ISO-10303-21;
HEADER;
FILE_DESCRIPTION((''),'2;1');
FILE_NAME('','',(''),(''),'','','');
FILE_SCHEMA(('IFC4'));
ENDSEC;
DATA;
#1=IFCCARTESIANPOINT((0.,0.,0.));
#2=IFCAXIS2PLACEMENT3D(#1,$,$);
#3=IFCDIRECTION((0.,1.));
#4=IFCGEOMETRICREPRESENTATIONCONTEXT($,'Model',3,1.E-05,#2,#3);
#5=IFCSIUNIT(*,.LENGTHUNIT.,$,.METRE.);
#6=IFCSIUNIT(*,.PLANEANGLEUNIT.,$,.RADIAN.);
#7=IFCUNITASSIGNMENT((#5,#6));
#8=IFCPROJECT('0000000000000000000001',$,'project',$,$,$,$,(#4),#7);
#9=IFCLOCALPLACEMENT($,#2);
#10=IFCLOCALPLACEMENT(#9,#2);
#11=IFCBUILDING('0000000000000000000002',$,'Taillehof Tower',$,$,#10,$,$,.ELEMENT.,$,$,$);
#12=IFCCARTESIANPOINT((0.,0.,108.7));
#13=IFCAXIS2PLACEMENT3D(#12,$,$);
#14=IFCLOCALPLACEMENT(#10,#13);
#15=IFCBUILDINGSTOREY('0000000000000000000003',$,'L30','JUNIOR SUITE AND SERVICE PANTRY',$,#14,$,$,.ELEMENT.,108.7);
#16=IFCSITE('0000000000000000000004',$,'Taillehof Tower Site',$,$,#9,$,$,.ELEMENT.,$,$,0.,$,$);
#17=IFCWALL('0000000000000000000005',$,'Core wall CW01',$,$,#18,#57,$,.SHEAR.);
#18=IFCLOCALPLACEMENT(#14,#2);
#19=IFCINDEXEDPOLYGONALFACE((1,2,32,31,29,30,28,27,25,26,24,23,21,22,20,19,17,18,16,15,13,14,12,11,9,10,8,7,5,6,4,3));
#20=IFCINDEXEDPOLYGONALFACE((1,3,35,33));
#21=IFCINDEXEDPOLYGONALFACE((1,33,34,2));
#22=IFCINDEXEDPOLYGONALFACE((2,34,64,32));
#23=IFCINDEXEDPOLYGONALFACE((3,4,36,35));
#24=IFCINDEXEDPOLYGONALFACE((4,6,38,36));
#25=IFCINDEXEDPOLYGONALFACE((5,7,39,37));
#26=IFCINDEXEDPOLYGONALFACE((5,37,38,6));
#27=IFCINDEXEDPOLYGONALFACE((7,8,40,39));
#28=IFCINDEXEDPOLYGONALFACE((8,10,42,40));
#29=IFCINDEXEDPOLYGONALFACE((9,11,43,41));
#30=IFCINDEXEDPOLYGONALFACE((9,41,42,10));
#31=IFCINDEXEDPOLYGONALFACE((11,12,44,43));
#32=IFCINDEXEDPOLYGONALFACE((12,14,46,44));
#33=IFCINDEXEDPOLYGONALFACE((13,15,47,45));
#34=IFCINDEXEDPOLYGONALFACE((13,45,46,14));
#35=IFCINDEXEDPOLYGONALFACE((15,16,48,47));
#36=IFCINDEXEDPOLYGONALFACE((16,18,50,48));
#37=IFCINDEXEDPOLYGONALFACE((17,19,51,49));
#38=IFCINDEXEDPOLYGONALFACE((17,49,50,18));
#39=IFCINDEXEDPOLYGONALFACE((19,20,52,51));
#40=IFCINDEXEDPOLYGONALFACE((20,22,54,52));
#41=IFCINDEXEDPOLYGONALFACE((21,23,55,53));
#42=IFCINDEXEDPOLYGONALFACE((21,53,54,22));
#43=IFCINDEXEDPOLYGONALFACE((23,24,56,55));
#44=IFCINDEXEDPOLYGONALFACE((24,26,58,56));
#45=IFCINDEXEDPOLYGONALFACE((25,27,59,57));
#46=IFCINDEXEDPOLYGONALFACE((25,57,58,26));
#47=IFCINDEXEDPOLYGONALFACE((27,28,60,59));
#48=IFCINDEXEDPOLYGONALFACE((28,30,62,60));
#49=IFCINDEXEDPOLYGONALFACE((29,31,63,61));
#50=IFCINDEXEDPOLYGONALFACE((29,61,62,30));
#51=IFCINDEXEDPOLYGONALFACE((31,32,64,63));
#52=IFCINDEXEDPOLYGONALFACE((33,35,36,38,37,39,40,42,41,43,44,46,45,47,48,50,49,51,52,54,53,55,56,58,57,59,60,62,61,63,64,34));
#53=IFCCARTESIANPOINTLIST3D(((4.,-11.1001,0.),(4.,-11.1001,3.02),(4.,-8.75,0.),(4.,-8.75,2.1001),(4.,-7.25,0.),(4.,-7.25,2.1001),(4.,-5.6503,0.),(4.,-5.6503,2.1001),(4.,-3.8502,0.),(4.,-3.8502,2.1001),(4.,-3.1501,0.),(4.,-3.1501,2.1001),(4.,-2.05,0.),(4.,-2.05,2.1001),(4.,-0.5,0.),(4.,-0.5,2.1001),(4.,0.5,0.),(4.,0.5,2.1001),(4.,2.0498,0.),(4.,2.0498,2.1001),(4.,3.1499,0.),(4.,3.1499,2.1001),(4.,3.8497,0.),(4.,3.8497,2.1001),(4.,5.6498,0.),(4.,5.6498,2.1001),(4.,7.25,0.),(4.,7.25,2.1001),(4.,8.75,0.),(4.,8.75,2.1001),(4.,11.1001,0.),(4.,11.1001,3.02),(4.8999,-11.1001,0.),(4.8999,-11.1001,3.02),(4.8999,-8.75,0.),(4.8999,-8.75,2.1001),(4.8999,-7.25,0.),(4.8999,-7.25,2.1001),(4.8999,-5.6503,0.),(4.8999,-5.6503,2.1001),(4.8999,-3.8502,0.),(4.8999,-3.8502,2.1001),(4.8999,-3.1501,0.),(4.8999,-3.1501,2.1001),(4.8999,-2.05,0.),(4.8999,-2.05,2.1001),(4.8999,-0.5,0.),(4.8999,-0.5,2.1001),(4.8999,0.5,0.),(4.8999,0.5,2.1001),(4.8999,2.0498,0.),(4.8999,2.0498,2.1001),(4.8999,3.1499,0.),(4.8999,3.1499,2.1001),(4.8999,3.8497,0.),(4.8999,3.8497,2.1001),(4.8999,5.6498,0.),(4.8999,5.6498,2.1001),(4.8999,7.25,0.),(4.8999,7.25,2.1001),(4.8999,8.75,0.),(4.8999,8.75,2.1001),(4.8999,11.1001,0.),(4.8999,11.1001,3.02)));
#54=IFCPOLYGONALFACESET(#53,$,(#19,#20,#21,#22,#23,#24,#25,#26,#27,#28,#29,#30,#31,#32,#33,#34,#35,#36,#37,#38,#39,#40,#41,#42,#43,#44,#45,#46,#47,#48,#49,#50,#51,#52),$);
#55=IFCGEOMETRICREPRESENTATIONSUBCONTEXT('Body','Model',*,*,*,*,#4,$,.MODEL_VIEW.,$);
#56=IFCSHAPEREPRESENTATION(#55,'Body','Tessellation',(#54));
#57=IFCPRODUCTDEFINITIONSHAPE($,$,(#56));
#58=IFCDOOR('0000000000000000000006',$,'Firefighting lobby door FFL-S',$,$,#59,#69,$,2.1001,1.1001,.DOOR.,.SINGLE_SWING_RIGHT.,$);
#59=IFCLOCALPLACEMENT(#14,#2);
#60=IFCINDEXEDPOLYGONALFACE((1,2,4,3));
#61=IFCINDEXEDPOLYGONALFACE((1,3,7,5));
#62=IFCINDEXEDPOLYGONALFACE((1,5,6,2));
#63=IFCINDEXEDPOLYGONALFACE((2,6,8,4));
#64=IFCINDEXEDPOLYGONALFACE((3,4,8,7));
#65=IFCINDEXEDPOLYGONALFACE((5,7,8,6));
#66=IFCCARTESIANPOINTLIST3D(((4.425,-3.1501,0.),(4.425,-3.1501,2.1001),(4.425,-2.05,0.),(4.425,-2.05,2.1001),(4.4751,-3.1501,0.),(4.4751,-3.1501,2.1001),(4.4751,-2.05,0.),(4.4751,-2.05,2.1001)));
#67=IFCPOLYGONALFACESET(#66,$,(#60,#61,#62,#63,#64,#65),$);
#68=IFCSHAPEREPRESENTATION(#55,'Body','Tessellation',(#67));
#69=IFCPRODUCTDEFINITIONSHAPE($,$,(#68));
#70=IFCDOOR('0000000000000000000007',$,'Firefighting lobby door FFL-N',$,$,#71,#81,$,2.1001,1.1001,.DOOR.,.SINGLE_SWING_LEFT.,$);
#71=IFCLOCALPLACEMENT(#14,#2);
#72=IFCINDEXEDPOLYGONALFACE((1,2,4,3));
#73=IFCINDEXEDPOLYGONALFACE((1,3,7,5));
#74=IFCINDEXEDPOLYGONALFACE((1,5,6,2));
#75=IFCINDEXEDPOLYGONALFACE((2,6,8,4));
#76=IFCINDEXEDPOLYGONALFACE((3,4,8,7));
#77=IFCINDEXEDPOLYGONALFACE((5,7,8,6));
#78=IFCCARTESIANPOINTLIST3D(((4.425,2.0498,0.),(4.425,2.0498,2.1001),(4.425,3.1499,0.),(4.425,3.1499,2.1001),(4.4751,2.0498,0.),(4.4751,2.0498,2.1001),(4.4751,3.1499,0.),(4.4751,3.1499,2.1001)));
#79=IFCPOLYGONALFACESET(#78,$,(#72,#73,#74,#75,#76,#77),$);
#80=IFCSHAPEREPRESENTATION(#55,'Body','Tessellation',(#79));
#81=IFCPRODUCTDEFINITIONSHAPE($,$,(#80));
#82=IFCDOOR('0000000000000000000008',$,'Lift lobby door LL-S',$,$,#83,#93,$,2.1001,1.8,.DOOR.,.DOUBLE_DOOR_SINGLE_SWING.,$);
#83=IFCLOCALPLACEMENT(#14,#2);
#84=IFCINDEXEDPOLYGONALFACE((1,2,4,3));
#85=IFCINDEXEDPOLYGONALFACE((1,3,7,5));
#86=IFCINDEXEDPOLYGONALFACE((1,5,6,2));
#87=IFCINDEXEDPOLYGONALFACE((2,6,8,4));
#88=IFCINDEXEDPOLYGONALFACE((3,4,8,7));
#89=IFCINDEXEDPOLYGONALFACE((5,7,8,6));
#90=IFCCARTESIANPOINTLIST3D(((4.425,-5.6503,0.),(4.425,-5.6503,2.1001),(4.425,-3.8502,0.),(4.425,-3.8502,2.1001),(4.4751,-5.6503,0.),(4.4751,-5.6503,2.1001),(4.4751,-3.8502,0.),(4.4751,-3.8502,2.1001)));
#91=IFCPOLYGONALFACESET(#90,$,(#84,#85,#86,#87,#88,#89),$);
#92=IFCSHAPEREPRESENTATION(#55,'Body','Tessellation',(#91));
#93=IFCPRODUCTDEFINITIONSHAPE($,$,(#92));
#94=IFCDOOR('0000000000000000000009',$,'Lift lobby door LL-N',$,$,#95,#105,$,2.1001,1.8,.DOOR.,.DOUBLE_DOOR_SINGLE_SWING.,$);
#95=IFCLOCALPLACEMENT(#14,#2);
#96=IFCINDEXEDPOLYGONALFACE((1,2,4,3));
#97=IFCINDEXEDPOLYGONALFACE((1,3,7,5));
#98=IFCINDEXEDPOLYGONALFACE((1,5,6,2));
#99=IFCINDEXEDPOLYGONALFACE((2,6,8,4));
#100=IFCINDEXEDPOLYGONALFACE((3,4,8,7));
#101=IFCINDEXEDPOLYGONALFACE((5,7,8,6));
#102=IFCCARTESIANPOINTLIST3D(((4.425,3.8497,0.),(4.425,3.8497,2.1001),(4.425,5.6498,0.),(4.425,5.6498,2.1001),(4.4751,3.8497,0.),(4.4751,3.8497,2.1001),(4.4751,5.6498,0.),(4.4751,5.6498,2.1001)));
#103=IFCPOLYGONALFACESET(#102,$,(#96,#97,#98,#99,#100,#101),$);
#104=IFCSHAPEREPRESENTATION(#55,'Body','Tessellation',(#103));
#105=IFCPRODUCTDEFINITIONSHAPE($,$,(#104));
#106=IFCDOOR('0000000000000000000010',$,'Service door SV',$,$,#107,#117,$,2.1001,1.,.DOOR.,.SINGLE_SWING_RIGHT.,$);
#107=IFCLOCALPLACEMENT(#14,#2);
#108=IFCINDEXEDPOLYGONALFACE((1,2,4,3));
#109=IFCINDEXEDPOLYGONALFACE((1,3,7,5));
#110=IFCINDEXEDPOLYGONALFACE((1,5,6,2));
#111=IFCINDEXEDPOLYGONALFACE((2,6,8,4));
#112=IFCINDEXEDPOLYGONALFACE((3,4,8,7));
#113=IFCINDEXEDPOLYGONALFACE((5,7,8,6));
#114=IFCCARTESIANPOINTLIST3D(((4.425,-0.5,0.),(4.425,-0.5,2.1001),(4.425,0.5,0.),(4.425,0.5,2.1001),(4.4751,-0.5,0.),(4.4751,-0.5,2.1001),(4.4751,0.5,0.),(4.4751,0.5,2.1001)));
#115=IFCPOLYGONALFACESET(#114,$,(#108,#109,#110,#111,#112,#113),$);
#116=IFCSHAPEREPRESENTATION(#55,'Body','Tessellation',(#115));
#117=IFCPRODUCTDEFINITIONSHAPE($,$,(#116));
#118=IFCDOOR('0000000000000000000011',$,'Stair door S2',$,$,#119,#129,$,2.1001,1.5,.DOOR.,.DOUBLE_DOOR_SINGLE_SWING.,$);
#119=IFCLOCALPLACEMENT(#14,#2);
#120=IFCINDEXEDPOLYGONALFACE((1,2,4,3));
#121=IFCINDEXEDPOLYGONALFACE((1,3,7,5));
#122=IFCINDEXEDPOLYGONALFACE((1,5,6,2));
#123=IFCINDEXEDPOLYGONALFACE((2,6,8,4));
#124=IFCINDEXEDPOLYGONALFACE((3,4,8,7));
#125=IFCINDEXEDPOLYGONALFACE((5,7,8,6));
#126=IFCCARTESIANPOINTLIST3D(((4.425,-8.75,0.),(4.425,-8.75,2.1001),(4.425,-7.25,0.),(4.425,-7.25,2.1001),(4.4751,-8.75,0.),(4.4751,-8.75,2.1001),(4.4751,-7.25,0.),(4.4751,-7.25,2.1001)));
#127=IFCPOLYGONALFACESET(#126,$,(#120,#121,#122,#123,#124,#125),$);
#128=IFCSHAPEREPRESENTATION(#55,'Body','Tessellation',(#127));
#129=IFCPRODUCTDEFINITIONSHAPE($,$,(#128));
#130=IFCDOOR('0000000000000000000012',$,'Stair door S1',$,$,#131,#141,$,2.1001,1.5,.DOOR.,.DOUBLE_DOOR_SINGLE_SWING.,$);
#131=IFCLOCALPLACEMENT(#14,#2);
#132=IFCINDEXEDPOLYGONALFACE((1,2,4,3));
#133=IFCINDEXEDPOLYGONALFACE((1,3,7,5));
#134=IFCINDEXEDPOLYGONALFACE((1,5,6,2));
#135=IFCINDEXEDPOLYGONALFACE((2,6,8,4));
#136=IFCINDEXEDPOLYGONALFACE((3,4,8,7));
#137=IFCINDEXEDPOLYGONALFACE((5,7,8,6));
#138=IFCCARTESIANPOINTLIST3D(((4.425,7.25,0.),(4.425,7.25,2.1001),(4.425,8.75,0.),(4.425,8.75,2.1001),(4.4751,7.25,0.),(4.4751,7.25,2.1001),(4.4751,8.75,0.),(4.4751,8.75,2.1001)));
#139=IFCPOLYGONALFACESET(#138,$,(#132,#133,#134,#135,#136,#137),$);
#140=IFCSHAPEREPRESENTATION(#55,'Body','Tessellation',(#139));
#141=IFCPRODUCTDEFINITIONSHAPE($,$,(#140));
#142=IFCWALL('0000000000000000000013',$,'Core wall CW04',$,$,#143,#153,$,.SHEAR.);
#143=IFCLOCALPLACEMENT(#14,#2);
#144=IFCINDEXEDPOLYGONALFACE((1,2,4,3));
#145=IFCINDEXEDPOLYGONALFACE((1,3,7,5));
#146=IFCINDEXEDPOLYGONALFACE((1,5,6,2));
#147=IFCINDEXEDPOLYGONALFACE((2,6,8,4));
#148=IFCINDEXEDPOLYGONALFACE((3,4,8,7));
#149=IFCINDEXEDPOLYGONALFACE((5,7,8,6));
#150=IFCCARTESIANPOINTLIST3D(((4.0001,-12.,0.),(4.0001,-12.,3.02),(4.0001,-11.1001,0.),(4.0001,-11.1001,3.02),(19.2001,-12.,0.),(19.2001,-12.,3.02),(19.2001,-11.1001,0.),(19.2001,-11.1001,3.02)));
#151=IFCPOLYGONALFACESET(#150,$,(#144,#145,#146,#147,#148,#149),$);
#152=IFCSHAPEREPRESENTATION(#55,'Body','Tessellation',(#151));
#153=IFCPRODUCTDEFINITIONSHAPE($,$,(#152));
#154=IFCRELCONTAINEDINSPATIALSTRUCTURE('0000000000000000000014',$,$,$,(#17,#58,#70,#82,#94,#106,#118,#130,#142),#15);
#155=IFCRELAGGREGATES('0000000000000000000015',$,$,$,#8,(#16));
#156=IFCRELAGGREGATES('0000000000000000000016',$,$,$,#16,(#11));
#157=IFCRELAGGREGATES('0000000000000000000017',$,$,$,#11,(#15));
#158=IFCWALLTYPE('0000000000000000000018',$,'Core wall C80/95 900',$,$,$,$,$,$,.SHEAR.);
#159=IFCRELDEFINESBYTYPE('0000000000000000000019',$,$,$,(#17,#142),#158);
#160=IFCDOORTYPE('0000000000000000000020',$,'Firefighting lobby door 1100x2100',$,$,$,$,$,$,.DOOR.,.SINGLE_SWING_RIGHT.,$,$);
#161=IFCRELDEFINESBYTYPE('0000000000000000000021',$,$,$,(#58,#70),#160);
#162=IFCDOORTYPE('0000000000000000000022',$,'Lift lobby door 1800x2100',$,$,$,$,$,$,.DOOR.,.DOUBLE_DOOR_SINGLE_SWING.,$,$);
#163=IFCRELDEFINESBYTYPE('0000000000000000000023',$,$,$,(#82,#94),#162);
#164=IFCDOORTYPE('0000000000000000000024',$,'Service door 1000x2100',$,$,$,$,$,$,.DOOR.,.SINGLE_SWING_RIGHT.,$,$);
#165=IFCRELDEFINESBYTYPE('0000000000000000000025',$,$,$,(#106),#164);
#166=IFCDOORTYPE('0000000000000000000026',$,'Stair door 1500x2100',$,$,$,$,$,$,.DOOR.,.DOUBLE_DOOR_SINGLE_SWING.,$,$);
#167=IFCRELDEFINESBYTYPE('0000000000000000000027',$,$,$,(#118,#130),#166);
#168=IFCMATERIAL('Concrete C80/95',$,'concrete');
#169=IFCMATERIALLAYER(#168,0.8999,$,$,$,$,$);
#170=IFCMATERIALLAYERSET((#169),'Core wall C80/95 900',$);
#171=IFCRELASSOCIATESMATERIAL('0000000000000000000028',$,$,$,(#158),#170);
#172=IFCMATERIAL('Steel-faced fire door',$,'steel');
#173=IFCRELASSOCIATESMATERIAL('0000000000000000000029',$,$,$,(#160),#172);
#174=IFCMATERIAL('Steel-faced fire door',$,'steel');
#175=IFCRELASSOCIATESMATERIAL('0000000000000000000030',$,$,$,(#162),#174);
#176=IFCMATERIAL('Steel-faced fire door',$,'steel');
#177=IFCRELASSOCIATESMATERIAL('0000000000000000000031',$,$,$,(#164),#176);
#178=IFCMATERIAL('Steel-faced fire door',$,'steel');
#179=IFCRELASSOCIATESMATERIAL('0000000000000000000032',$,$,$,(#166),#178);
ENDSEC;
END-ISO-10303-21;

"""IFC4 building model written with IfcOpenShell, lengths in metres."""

from ifc_helpers import new_model, si_unit, direction, frame, frame_2d, origin, place, context, subcontext, project, spatial, rectangle, extrude, material, layer, layer_set, type_object, element, fill, save


model = new_model("IFC4")

# Units and contexts
model_context = context("Model", 3, precision=1e-05, world=origin(), true_north=direction((0.0, 1.0)))
body_context = subcontext(model_context, "Body", "Model", "MODEL_VIEW")
ifc_project = project(units=[si_unit("LENGTHUNIT", "METRE"), si_unit("PLANEANGLEUNIT", "RADIAN")], contexts=[model_context])

# Site, building, storey
site_placement = place(None, origin())
site = spatial("IfcSite", under=ifc_project, at=site_placement, Name="Taillehof Tower Site", CompositionType="ELEMENT", RefElevation=0.0)
building_placement = place(site_placement, origin())
building = spatial("IfcBuilding", under=site, at=building_placement, Name="Taillehof Tower", CompositionType="ELEMENT")
storey_placement = place(building_placement, frame((0.0, 0.0, 108.7)))
storey = spatial("IfcBuildingStorey", under=building, at=storey_placement, Name="L30", Description="JUNIOR SUITE AND SERVICE PANTRY", CompositionType="ELEMENT", Elevation=108.7)

# Wall, openings, doors
ifc_material_1 = material(Name="Concrete C80/95", Category="concrete")
ifc_layer_1 = layer(ifc_material_1, 0.8999)
ifc_layer_set_1 = layer_set([ifc_layer_1], Name="Core wall C80/95 900")
wall_type_1 = type_object("IfcWallType", Name="Core wall C80/95 900", PredefinedType="SHEAR", material=ifc_layer_set_1)
wall_1_placement = place(storey_placement, frame((4.45, -11.1001, 0.0), z_axis=(0.0, 0.0, 1.0), x_axis=(0.0, 1.0, 0.0)))
wall_1 = element("IfcWall", 1, at=wall_1_placement, inside=storey, type_object=wall_type_1, Name="Core wall CW01", PredefinedType="SHEAR", context=body_context, shape_type="SweptSolid", body=[
    extrude(rectangle(XDim=22.2002, YDim=0.8999, at=frame_2d((11.1001, 0.0))), origin(), (0.0, 0.0, 1.0), 3.02),
])
opening_1_placement = place(wall_1_placement, frame((2.3501, 0.0, 0.0)))
opening_1 = element("IfcOpeningElement", 2, at=opening_1_placement, cuts=wall_1, PredefinedType="OPENING", context=body_context, shape_type="SweptSolid", body=[
    extrude(rectangle(XDim=1.5, YDim=2.1001, at=frame_2d((0.75, 1.05))), frame((0.0, 0.46, 0.0), z_axis=(0.0, -1.0, 0.0), x_axis=(1.0, 0.0, 0.0)), (0.0, 0.0, 1.0), 0.9199),
])
opening_2_placement = place(wall_1_placement, frame((5.45, 0.0, 0.0)))
opening_2 = element("IfcOpeningElement", 3, at=opening_2_placement, cuts=wall_1, PredefinedType="OPENING", context=body_context, shape_type="SweptSolid", body=[
    extrude(rectangle(XDim=1.8, YDim=2.1001, at=frame_2d((0.8999, 1.05))), frame((0.0, 0.46, 0.0), z_axis=(0.0, -1.0, 0.0), x_axis=(1.0, 0.0, 0.0)), (0.0, 0.0, 1.0), 0.9199),
])
opening_3_placement = place(wall_1_placement, frame((7.95, 0.0, 0.0)))
opening_3 = element("IfcOpeningElement", 4, at=opening_3_placement, cuts=wall_1, PredefinedType="OPENING", context=body_context, shape_type="SweptSolid", body=[
    extrude(rectangle(XDim=1.1001, YDim=2.1001, at=frame_2d((0.55, 1.05))), frame((0.0, 0.46, 0.0), z_axis=(0.0, -1.0, 0.0), x_axis=(1.0, 0.0, 0.0)), (0.0, 0.0, 1.0), 0.9199),
])
opening_4_placement = place(wall_1_placement, frame((10.6001, 0.0, 0.0)))
opening_4 = element("IfcOpeningElement", 5, at=opening_4_placement, cuts=wall_1, PredefinedType="OPENING", context=body_context, shape_type="SweptSolid", body=[
    extrude(rectangle(XDim=1.0, YDim=2.1001, at=frame_2d((0.5, 1.05))), frame((0.0, 0.46, 0.0), z_axis=(0.0, -1.0, 0.0), x_axis=(1.0, 0.0, 0.0)), (0.0, 0.0, 1.0), 0.9199),
])
opening_5_placement = place(wall_1_placement, frame((13.1499, 0.0, 0.0)))
opening_5 = element("IfcOpeningElement", 6, at=opening_5_placement, cuts=wall_1, PredefinedType="OPENING", context=body_context, shape_type="SweptSolid", body=[
    extrude(rectangle(XDim=1.1001, YDim=2.1001, at=frame_2d((0.55, 1.05))), frame((0.0, 0.46, 0.0), z_axis=(0.0, -1.0, 0.0), x_axis=(1.0, 0.0, 0.0)), (0.0, 0.0, 1.0), 0.9199),
])
opening_6_placement = place(wall_1_placement, frame((14.95, 0.0, 0.0)))
opening_6 = element("IfcOpeningElement", 7, at=opening_6_placement, cuts=wall_1, PredefinedType="OPENING", context=body_context, shape_type="SweptSolid", body=[
    extrude(rectangle(XDim=1.8, YDim=2.1001, at=frame_2d((0.8999, 1.05))), frame((0.0, 0.46, 0.0), z_axis=(0.0, -1.0, 0.0), x_axis=(1.0, 0.0, 0.0)), (0.0, 0.0, 1.0), 0.9199),
])
opening_7_placement = place(wall_1_placement, frame((18.3501, 0.0, 0.0)))
opening_7 = element("IfcOpeningElement", 8, at=opening_7_placement, cuts=wall_1, PredefinedType="OPENING", context=body_context, shape_type="SweptSolid", body=[
    extrude(rectangle(XDim=1.5, YDim=2.1001, at=frame_2d((0.75, 1.05))), frame((0.0, 0.46, 0.0), z_axis=(0.0, -1.0, 0.0), x_axis=(1.0, 0.0, 0.0)), (0.0, 0.0, 1.0), 0.9199),
])
ifc_material_2 = material(Name="Steel-faced fire door", Category="steel")
door_type_1 = type_object("IfcDoorType", Name="Firefighting lobby door 1100x2100", OperationType="SINGLE_SWING_RIGHT", PredefinedType="DOOR", material=ifc_material_2)
door_1_placement = place(opening_3_placement, origin())
door_1 = element("IfcDoor", 9, at=door_1_placement, inside=storey, type_object=door_type_1, Name="Firefighting lobby door FFL-S", OperationType="SINGLE_SWING_RIGHT", OverallHeight=2.1001, OverallWidth=1.1001, PredefinedType="DOOR", context=body_context, shape_type="SweptSolid", body=[
    extrude(rectangle(XDim=1.1001, YDim=2.1001, at=frame_2d((0.55, 1.05))), frame((0.0, 0.0249, 0.0), z_axis=(0.0, -1.0, 0.0), x_axis=(1.0, 0.0, 0.0)), (0.0, 0.0, 1.0), 0.05),
])
fill(opening_3, door_1)
door_2_placement = place(opening_5_placement, origin())
door_2 = element("IfcDoor", 10, at=door_2_placement, inside=storey, type_object=door_type_1, Name="Firefighting lobby door FFL-N", OperationType="SINGLE_SWING_LEFT", OverallHeight=2.1001, OverallWidth=1.1001, PredefinedType="DOOR", context=body_context, shape_type="SweptSolid", body=[
    extrude(rectangle(XDim=1.1001, YDim=2.1001, at=frame_2d((0.55, 1.05))), frame((0.0, 0.0249, 0.0), z_axis=(0.0, -1.0, 0.0), x_axis=(1.0, 0.0, 0.0)), (0.0, 0.0, 1.0), 0.05),
])
fill(opening_5, door_2)
ifc_material_3 = material(Name="Steel-faced fire door", Category="steel")
door_type_2 = type_object("IfcDoorType", Name="Lift lobby door 1800x2100", OperationType="DOUBLE_DOOR_SINGLE_SWING", PredefinedType="DOOR", material=ifc_material_3)
door_3_placement = place(opening_2_placement, origin())
door_3 = element("IfcDoor", 11, at=door_3_placement, inside=storey, type_object=door_type_2, Name="Lift lobby door LL-S", OperationType="DOUBLE_DOOR_SINGLE_SWING", OverallHeight=2.1001, OverallWidth=1.8, PredefinedType="DOOR", context=body_context, shape_type="SweptSolid", body=[
    extrude(rectangle(XDim=1.8, YDim=2.1001, at=frame_2d((0.8999, 1.05))), frame((0.0, 0.0249, 0.0), z_axis=(0.0, -1.0, 0.0), x_axis=(1.0, 0.0, 0.0)), (0.0, 0.0, 1.0), 0.05),
])
fill(opening_2, door_3)
door_4_placement = place(opening_6_placement, origin())
door_4 = element("IfcDoor", 12, at=door_4_placement, inside=storey, type_object=door_type_2, Name="Lift lobby door LL-N", OperationType="DOUBLE_DOOR_SINGLE_SWING", OverallHeight=2.1001, OverallWidth=1.8, PredefinedType="DOOR", context=body_context, shape_type="SweptSolid", body=[
    extrude(rectangle(XDim=1.8, YDim=2.1001, at=frame_2d((0.8999, 1.05))), frame((0.0, 0.0249, 0.0), z_axis=(0.0, -1.0, 0.0), x_axis=(1.0, 0.0, 0.0)), (0.0, 0.0, 1.0), 0.05),
])
fill(opening_6, door_4)
ifc_material_4 = material(Name="Steel-faced fire door", Category="steel")
door_type_3 = type_object("IfcDoorType", Name="Service door 1000x2100", OperationType="SINGLE_SWING_RIGHT", PredefinedType="DOOR", material=ifc_material_4)
door_5_placement = place(opening_4_placement, origin())
door_5 = element("IfcDoor", 13, at=door_5_placement, inside=storey, type_object=door_type_3, Name="Service door SV", OperationType="SINGLE_SWING_RIGHT", OverallHeight=2.1001, OverallWidth=1.0, PredefinedType="DOOR", context=body_context, shape_type="SweptSolid", body=[
    extrude(rectangle(XDim=1.0, YDim=2.1001, at=frame_2d((0.5, 1.05))), frame((0.0, 0.0249, 0.0), z_axis=(0.0, -1.0, 0.0), x_axis=(1.0, 0.0, 0.0)), (0.0, 0.0, 1.0), 0.05),
])
fill(opening_4, door_5)
ifc_material_5 = material(Name="Steel-faced fire door", Category="steel")
door_type_4 = type_object("IfcDoorType", Name="Stair door 1500x2100", OperationType="DOUBLE_DOOR_SINGLE_SWING", PredefinedType="DOOR", material=ifc_material_5)
door_6_placement = place(opening_1_placement, origin())
door_6 = element("IfcDoor", 14, at=door_6_placement, inside=storey, type_object=door_type_4, Name="Stair door S2", OperationType="DOUBLE_DOOR_SINGLE_SWING", OverallHeight=2.1001, OverallWidth=1.5, PredefinedType="DOOR", context=body_context, shape_type="SweptSolid", body=[
    extrude(rectangle(XDim=1.5, YDim=2.1001, at=frame_2d((0.75, 1.05))), frame((0.0, 0.0249, 0.0), z_axis=(0.0, -1.0, 0.0), x_axis=(1.0, 0.0, 0.0)), (0.0, 0.0, 1.0), 0.05),
])
fill(opening_1, door_6)
door_7_placement = place(opening_7_placement, origin())
door_7 = element("IfcDoor", 15, at=door_7_placement, inside=storey, type_object=door_type_4, Name="Stair door S1", OperationType="DOUBLE_DOOR_SINGLE_SWING", OverallHeight=2.1001, OverallWidth=1.5, PredefinedType="DOOR", context=body_context, shape_type="SweptSolid", body=[
    extrude(rectangle(XDim=1.5, YDim=2.1001, at=frame_2d((0.75, 1.05))), frame((0.0, 0.0249, 0.0), z_axis=(0.0, -1.0, 0.0), x_axis=(1.0, 0.0, 0.0)), (0.0, 0.0, 1.0), 0.05),
])
fill(opening_7, door_7)

# Wall
wall_2_placement = place(storey_placement, frame((4.0, -11.55, 0.0), z_axis=(0.0, 0.0, 1.0), x_axis=(1.0, 0.0, 0.0)))
element("IfcWall", 16, at=wall_2_placement, inside=storey, type_object=wall_type_1, Name="Core wall CW04", PredefinedType="SHEAR", context=body_context, shape_type="SweptSolid", body=[
    extrude(rectangle(XDim=15.2, YDim=0.8999, at=frame_2d((7.6001, 0.0))), origin(), (0.0, 0.0, 1.0), 3.02),
])

save(model, "model.ifc")
